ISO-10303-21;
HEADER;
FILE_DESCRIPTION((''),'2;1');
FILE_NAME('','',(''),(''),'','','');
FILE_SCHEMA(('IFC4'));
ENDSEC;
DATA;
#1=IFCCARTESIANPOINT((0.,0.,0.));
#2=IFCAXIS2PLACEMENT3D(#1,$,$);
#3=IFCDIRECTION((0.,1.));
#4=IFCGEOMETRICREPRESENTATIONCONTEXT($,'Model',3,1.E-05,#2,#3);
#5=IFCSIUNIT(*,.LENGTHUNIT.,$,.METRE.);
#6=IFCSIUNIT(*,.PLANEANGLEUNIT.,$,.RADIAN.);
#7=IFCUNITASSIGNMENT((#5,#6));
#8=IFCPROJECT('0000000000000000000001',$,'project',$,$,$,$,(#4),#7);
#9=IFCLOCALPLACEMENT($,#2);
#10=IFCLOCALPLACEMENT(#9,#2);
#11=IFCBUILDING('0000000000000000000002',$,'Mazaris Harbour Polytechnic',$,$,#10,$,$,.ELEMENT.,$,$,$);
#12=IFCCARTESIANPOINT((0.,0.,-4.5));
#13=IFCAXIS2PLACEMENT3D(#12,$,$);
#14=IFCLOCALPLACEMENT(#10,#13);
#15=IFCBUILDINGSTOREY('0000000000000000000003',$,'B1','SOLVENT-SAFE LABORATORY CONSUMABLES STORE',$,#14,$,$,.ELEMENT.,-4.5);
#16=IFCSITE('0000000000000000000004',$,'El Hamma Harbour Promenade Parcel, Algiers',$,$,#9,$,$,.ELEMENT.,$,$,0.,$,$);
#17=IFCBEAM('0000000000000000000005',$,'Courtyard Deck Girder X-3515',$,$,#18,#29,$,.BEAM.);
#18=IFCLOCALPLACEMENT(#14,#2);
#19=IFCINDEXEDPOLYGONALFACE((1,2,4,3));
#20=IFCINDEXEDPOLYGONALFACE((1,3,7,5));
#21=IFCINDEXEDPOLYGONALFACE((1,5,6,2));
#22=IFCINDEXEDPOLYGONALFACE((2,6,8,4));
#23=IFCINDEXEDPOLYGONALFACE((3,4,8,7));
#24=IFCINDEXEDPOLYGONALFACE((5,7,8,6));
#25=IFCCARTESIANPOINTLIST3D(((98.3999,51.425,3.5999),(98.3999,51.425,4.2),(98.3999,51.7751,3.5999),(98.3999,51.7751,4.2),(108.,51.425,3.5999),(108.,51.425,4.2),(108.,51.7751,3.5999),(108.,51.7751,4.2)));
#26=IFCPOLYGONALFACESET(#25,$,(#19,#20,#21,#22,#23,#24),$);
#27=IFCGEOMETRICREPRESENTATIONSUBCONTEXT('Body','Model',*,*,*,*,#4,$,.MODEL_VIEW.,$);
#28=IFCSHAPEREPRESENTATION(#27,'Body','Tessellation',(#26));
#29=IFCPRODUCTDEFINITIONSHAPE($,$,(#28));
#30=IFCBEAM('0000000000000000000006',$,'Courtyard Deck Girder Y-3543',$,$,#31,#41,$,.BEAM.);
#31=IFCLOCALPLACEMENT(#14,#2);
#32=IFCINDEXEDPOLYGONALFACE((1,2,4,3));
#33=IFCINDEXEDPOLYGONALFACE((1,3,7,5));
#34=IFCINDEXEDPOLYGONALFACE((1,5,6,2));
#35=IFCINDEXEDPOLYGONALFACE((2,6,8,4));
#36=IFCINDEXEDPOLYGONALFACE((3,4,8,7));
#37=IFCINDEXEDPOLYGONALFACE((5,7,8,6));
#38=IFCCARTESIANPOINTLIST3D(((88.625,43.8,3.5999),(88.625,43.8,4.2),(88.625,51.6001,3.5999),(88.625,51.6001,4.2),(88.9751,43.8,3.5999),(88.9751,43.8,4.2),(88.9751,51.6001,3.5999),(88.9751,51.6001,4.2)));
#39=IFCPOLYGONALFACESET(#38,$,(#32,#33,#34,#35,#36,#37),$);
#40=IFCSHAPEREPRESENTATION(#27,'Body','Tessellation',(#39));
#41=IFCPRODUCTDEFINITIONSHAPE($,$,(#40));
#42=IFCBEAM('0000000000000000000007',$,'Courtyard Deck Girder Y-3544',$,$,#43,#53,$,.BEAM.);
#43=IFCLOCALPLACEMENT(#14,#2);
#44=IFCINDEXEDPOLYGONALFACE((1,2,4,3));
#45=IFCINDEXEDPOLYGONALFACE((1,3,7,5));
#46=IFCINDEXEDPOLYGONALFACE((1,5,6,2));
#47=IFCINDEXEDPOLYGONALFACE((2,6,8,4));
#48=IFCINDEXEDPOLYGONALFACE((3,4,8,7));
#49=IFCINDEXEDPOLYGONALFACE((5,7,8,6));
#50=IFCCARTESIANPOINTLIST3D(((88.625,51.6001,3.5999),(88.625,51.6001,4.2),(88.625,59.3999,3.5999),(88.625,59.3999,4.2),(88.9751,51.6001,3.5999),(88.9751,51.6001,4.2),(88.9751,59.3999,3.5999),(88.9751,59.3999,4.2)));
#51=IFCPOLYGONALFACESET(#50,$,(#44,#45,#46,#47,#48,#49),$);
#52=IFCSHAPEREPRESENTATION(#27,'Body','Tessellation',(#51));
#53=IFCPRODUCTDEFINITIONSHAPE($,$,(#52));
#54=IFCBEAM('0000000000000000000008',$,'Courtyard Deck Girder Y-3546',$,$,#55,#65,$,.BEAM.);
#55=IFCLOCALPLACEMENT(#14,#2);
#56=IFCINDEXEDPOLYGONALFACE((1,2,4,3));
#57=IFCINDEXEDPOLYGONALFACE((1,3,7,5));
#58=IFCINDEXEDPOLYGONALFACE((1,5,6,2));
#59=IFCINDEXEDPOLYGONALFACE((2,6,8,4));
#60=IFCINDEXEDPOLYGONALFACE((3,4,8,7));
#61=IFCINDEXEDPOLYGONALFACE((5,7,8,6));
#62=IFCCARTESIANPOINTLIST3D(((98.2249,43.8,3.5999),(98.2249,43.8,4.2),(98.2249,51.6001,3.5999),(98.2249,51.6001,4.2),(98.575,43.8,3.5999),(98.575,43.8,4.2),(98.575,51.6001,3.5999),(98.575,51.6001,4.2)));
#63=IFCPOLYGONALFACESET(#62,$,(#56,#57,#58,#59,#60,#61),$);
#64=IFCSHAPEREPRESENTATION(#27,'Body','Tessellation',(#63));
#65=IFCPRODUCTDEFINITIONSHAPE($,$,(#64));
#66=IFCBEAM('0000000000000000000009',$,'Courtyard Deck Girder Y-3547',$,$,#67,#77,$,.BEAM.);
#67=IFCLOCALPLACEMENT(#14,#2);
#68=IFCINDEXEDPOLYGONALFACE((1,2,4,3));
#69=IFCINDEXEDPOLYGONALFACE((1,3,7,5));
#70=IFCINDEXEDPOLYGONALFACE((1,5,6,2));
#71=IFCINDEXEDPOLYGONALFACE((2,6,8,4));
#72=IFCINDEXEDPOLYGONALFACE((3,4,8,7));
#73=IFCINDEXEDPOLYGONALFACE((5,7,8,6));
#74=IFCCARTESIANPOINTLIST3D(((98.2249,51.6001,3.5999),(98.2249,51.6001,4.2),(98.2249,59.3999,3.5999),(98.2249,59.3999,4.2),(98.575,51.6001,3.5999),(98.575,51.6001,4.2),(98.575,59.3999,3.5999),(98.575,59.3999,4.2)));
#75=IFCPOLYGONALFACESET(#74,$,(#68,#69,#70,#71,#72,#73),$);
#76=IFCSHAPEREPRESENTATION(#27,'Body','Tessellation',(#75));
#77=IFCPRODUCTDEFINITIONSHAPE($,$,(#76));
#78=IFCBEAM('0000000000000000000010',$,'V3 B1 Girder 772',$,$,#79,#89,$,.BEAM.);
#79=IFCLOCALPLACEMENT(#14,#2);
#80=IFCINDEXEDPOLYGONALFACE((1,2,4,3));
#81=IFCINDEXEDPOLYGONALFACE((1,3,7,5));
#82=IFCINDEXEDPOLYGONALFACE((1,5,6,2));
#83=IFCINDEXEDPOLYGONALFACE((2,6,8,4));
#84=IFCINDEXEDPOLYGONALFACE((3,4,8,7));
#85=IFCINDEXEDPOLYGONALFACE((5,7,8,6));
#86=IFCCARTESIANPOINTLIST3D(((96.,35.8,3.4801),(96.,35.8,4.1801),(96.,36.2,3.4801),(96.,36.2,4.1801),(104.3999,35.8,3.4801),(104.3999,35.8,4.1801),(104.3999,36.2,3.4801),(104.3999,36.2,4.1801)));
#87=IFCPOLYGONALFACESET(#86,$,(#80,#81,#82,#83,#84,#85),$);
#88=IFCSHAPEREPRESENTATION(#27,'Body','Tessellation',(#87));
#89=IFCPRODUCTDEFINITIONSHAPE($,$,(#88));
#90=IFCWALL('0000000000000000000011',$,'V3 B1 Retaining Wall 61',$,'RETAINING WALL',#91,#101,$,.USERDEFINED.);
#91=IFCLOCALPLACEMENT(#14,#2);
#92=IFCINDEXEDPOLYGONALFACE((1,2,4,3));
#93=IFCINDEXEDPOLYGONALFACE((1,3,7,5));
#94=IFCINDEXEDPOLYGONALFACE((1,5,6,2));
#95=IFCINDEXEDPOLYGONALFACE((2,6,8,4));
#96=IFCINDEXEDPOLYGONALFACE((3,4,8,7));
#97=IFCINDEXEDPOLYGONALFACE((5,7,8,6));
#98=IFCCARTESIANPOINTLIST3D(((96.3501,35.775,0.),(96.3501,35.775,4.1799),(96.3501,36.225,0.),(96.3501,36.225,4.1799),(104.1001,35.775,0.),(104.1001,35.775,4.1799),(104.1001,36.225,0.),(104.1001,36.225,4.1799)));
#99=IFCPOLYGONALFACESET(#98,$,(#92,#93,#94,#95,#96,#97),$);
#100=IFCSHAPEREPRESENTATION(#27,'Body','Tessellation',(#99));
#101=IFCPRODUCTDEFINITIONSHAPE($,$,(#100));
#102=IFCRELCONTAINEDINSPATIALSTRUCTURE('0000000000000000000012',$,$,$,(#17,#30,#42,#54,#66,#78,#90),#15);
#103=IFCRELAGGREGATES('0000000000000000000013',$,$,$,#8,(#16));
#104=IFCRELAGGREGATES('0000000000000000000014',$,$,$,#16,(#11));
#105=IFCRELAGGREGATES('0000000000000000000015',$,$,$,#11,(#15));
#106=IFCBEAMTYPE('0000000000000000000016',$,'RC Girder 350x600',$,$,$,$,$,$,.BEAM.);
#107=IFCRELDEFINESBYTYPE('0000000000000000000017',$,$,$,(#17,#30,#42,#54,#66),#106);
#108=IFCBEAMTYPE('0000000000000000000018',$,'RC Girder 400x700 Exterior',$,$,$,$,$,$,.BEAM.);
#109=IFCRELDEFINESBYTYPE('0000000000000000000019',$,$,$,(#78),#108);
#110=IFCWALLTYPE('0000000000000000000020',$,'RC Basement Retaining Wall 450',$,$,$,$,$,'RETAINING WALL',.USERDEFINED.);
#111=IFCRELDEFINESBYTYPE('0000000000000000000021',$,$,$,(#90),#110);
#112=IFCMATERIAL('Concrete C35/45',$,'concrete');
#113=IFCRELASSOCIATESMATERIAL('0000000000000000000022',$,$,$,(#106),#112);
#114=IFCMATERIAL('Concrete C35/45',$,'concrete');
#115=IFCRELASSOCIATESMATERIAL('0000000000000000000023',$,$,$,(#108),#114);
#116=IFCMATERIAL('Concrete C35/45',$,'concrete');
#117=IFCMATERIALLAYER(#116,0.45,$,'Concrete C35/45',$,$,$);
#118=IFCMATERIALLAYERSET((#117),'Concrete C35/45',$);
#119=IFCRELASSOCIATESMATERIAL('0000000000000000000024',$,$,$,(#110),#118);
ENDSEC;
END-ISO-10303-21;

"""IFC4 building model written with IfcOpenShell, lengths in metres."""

from ifc_helpers import new_model, si_unit, direction, frame, frame_2d, origin, origin_2d, place, context, subcontext, project, spatial, rectangle, extrude, material, layer, layer_set, material_profile, profile_set, type_object, element, save


model = new_model("IFC4")

# Units and contexts
model_context = context("Model", 3, precision=1e-05, world=origin(), true_north=direction((0.0, 1.0)))
body_context = subcontext(model_context, "Body", "Model", "MODEL_VIEW")
ifc_project = project(units=[si_unit("LENGTHUNIT", "METRE"), si_unit("PLANEANGLEUNIT", "RADIAN")], contexts=[model_context])

# Site, building, storey
site_placement = place(None, origin())
site = spatial("IfcSite", under=ifc_project, at=site_placement, Name="El Hamma Harbour Promenade Parcel, Algiers", CompositionType="ELEMENT", RefElevation=0.0)
building_placement = place(site_placement, origin())
building = spatial("IfcBuilding", under=site, at=building_placement, Name="Mazaris Harbour Polytechnic", CompositionType="ELEMENT")
storey_placement = place(building_placement, frame((0.0, 0.0, -4.5)))
storey = spatial("IfcBuildingStorey", under=building, at=storey_placement, Name="B1", Description="SOLVENT-SAFE LABORATORY CONSUMABLES STORE", CompositionType="ELEMENT", Elevation=-4.5)

# Beams
ifc_material_1 = material(Name="Concrete C35/45", Category="concrete")
ifc_material_profile_1 = material_profile(ifc_material_1, rectangle(XDim=0.3501, YDim=0.6001, at=origin_2d()), Name="RECT350x600")
ifc_profile_set_1 = profile_set([ifc_material_profile_1], Name="Concrete C35/45")
beam_type_1 = type_object("IfcBeamType", Name="RC Girder 350x600", PredefinedType="BEAM", material=ifc_profile_set_1)
beam_1_placement = place(storey_placement, frame((98.3999, 51.6001, 3.8999), z_axis=(1.0, 0.0, 0.0), x_axis=(0.0, 1.0, 0.0)))
element("IfcBeam", 1, at=beam_1_placement, inside=storey, type_object=beam_type_1, Name="Courtyard Deck Girder X-3515", PredefinedType="BEAM", context=body_context, shape_type="SweptSolid", body=[
    extrude(rectangle(XDim=0.3501, YDim=0.6001, at=origin_2d()), origin(), (0.0, 0.0, 1.0), 9.6001),
])
beam_2_placement = place(storey_placement, frame((88.8, 43.8, 3.8999), z_axis=(0.0, 1.0, 0.0), x_axis=(-1.0, 0.0, 0.0)))
element("IfcBeam", 2, at=beam_2_placement, inside=storey, type_object=beam_type_1, Name="Courtyard Deck Girder Y-3543", PredefinedType="BEAM", context=body_context, shape_type="SweptSolid", body=[
    extrude(rectangle(XDim=0.3501, YDim=0.6001, at=origin_2d()), origin(), (0.0, 0.0, 1.0), 7.8),
])
beam_3_placement = place(storey_placement, frame((88.8, 51.6001, 3.8999), z_axis=(0.0, 1.0, 0.0), x_axis=(-1.0, 0.0, 0.0)))
element("IfcBeam", 3, at=beam_3_placement, inside=storey, type_object=beam_type_1, Name="Courtyard Deck Girder Y-3544", PredefinedType="BEAM", context=body_context, shape_type="SweptSolid", body=[
    extrude(rectangle(XDim=0.3501, YDim=0.6001, at=origin_2d()), origin(), (0.0, 0.0, 1.0), 7.7998),
])
beam_4_placement = place(storey_placement, frame((98.3999, 43.8, 3.8999), z_axis=(0.0, 1.0, 0.0), x_axis=(-1.0, 0.0, 0.0)))
element("IfcBeam", 4, at=beam_4_placement, inside=storey, type_object=beam_type_1, Name="Courtyard Deck Girder Y-3546", PredefinedType="BEAM", context=body_context, shape_type="SweptSolid", body=[
    extrude(rectangle(XDim=0.3501, YDim=0.6001, at=origin_2d()), origin(), (0.0, 0.0, 1.0), 7.8),
])
beam_5_placement = place(storey_placement, frame((98.3999, 51.6001, 3.8999), z_axis=(0.0, 1.0, 0.0), x_axis=(-1.0, 0.0, 0.0)))
element("IfcBeam", 5, at=beam_5_placement, inside=storey, type_object=beam_type_1, Name="Courtyard Deck Girder Y-3547", PredefinedType="BEAM", context=body_context, shape_type="SweptSolid", body=[
    extrude(rectangle(XDim=0.3501, YDim=0.6001, at=origin_2d()), origin(), (0.0, 0.0, 1.0), 7.7998),
])
ifc_material_2 = material(Name="Concrete C35/45", Category="concrete")
ifc_material_profile_2 = material_profile(ifc_material_2, rectangle(XDim=0.3999, YDim=0.7, at=origin_2d()), Name="RECT400x700")
ifc_profile_set_2 = profile_set([ifc_material_profile_2], Name="Concrete C35/45")
beam_type_2 = type_object("IfcBeamType", Name="RC Girder 400x700 Exterior", PredefinedType="BEAM", material=ifc_profile_set_2)
beam_6_placement = place(storey_placement, frame((96.0, 36.0, 3.8301), z_axis=(1.0, 0.0, 0.0), x_axis=(0.0, 1.0, 0.0)))
element("IfcBeam", 6, at=beam_6_placement, inside=storey, type_object=beam_type_2, Name="V3 B1 Girder 772", PredefinedType="BEAM", context=body_context, shape_type="SweptSolid", body=[
    extrude(rectangle(XDim=0.3999, YDim=0.7, at=origin_2d()), origin(), (0.0, 0.0, 1.0), 8.3999),
])

# Wall
ifc_material_3 = material(Name="Concrete C35/45", Category="concrete")
ifc_layer = layer(ifc_material_3, 0.45, Name="Concrete C35/45")
ifc_layer_set = layer_set([ifc_layer], Name="Concrete C35/45")
wall_type = type_object("IfcWallType", Name="RC Basement Retaining Wall 450", ElementType="RETAINING WALL", PredefinedType="USERDEFINED", material=ifc_layer_set)
wall_placement = place(storey_placement, frame((96.3501, 36.0, 0.0), z_axis=(0.0, 0.0, 1.0), x_axis=(1.0, 0.0, 0.0)))
element("IfcWall", 7, at=wall_placement, inside=storey, type_object=wall_type, Name="V3 B1 Retaining Wall 61", ObjectType="RETAINING WALL", PredefinedType="USERDEFINED", context=body_context, shape_type="SweptSolid", body=[
    extrude(rectangle(XDim=7.75, YDim=0.45, at=frame_2d((3.875, 0.0))), origin(), (0.0, 0.0, 1.0), 4.1799),
])

save(model, "model.ifc")
